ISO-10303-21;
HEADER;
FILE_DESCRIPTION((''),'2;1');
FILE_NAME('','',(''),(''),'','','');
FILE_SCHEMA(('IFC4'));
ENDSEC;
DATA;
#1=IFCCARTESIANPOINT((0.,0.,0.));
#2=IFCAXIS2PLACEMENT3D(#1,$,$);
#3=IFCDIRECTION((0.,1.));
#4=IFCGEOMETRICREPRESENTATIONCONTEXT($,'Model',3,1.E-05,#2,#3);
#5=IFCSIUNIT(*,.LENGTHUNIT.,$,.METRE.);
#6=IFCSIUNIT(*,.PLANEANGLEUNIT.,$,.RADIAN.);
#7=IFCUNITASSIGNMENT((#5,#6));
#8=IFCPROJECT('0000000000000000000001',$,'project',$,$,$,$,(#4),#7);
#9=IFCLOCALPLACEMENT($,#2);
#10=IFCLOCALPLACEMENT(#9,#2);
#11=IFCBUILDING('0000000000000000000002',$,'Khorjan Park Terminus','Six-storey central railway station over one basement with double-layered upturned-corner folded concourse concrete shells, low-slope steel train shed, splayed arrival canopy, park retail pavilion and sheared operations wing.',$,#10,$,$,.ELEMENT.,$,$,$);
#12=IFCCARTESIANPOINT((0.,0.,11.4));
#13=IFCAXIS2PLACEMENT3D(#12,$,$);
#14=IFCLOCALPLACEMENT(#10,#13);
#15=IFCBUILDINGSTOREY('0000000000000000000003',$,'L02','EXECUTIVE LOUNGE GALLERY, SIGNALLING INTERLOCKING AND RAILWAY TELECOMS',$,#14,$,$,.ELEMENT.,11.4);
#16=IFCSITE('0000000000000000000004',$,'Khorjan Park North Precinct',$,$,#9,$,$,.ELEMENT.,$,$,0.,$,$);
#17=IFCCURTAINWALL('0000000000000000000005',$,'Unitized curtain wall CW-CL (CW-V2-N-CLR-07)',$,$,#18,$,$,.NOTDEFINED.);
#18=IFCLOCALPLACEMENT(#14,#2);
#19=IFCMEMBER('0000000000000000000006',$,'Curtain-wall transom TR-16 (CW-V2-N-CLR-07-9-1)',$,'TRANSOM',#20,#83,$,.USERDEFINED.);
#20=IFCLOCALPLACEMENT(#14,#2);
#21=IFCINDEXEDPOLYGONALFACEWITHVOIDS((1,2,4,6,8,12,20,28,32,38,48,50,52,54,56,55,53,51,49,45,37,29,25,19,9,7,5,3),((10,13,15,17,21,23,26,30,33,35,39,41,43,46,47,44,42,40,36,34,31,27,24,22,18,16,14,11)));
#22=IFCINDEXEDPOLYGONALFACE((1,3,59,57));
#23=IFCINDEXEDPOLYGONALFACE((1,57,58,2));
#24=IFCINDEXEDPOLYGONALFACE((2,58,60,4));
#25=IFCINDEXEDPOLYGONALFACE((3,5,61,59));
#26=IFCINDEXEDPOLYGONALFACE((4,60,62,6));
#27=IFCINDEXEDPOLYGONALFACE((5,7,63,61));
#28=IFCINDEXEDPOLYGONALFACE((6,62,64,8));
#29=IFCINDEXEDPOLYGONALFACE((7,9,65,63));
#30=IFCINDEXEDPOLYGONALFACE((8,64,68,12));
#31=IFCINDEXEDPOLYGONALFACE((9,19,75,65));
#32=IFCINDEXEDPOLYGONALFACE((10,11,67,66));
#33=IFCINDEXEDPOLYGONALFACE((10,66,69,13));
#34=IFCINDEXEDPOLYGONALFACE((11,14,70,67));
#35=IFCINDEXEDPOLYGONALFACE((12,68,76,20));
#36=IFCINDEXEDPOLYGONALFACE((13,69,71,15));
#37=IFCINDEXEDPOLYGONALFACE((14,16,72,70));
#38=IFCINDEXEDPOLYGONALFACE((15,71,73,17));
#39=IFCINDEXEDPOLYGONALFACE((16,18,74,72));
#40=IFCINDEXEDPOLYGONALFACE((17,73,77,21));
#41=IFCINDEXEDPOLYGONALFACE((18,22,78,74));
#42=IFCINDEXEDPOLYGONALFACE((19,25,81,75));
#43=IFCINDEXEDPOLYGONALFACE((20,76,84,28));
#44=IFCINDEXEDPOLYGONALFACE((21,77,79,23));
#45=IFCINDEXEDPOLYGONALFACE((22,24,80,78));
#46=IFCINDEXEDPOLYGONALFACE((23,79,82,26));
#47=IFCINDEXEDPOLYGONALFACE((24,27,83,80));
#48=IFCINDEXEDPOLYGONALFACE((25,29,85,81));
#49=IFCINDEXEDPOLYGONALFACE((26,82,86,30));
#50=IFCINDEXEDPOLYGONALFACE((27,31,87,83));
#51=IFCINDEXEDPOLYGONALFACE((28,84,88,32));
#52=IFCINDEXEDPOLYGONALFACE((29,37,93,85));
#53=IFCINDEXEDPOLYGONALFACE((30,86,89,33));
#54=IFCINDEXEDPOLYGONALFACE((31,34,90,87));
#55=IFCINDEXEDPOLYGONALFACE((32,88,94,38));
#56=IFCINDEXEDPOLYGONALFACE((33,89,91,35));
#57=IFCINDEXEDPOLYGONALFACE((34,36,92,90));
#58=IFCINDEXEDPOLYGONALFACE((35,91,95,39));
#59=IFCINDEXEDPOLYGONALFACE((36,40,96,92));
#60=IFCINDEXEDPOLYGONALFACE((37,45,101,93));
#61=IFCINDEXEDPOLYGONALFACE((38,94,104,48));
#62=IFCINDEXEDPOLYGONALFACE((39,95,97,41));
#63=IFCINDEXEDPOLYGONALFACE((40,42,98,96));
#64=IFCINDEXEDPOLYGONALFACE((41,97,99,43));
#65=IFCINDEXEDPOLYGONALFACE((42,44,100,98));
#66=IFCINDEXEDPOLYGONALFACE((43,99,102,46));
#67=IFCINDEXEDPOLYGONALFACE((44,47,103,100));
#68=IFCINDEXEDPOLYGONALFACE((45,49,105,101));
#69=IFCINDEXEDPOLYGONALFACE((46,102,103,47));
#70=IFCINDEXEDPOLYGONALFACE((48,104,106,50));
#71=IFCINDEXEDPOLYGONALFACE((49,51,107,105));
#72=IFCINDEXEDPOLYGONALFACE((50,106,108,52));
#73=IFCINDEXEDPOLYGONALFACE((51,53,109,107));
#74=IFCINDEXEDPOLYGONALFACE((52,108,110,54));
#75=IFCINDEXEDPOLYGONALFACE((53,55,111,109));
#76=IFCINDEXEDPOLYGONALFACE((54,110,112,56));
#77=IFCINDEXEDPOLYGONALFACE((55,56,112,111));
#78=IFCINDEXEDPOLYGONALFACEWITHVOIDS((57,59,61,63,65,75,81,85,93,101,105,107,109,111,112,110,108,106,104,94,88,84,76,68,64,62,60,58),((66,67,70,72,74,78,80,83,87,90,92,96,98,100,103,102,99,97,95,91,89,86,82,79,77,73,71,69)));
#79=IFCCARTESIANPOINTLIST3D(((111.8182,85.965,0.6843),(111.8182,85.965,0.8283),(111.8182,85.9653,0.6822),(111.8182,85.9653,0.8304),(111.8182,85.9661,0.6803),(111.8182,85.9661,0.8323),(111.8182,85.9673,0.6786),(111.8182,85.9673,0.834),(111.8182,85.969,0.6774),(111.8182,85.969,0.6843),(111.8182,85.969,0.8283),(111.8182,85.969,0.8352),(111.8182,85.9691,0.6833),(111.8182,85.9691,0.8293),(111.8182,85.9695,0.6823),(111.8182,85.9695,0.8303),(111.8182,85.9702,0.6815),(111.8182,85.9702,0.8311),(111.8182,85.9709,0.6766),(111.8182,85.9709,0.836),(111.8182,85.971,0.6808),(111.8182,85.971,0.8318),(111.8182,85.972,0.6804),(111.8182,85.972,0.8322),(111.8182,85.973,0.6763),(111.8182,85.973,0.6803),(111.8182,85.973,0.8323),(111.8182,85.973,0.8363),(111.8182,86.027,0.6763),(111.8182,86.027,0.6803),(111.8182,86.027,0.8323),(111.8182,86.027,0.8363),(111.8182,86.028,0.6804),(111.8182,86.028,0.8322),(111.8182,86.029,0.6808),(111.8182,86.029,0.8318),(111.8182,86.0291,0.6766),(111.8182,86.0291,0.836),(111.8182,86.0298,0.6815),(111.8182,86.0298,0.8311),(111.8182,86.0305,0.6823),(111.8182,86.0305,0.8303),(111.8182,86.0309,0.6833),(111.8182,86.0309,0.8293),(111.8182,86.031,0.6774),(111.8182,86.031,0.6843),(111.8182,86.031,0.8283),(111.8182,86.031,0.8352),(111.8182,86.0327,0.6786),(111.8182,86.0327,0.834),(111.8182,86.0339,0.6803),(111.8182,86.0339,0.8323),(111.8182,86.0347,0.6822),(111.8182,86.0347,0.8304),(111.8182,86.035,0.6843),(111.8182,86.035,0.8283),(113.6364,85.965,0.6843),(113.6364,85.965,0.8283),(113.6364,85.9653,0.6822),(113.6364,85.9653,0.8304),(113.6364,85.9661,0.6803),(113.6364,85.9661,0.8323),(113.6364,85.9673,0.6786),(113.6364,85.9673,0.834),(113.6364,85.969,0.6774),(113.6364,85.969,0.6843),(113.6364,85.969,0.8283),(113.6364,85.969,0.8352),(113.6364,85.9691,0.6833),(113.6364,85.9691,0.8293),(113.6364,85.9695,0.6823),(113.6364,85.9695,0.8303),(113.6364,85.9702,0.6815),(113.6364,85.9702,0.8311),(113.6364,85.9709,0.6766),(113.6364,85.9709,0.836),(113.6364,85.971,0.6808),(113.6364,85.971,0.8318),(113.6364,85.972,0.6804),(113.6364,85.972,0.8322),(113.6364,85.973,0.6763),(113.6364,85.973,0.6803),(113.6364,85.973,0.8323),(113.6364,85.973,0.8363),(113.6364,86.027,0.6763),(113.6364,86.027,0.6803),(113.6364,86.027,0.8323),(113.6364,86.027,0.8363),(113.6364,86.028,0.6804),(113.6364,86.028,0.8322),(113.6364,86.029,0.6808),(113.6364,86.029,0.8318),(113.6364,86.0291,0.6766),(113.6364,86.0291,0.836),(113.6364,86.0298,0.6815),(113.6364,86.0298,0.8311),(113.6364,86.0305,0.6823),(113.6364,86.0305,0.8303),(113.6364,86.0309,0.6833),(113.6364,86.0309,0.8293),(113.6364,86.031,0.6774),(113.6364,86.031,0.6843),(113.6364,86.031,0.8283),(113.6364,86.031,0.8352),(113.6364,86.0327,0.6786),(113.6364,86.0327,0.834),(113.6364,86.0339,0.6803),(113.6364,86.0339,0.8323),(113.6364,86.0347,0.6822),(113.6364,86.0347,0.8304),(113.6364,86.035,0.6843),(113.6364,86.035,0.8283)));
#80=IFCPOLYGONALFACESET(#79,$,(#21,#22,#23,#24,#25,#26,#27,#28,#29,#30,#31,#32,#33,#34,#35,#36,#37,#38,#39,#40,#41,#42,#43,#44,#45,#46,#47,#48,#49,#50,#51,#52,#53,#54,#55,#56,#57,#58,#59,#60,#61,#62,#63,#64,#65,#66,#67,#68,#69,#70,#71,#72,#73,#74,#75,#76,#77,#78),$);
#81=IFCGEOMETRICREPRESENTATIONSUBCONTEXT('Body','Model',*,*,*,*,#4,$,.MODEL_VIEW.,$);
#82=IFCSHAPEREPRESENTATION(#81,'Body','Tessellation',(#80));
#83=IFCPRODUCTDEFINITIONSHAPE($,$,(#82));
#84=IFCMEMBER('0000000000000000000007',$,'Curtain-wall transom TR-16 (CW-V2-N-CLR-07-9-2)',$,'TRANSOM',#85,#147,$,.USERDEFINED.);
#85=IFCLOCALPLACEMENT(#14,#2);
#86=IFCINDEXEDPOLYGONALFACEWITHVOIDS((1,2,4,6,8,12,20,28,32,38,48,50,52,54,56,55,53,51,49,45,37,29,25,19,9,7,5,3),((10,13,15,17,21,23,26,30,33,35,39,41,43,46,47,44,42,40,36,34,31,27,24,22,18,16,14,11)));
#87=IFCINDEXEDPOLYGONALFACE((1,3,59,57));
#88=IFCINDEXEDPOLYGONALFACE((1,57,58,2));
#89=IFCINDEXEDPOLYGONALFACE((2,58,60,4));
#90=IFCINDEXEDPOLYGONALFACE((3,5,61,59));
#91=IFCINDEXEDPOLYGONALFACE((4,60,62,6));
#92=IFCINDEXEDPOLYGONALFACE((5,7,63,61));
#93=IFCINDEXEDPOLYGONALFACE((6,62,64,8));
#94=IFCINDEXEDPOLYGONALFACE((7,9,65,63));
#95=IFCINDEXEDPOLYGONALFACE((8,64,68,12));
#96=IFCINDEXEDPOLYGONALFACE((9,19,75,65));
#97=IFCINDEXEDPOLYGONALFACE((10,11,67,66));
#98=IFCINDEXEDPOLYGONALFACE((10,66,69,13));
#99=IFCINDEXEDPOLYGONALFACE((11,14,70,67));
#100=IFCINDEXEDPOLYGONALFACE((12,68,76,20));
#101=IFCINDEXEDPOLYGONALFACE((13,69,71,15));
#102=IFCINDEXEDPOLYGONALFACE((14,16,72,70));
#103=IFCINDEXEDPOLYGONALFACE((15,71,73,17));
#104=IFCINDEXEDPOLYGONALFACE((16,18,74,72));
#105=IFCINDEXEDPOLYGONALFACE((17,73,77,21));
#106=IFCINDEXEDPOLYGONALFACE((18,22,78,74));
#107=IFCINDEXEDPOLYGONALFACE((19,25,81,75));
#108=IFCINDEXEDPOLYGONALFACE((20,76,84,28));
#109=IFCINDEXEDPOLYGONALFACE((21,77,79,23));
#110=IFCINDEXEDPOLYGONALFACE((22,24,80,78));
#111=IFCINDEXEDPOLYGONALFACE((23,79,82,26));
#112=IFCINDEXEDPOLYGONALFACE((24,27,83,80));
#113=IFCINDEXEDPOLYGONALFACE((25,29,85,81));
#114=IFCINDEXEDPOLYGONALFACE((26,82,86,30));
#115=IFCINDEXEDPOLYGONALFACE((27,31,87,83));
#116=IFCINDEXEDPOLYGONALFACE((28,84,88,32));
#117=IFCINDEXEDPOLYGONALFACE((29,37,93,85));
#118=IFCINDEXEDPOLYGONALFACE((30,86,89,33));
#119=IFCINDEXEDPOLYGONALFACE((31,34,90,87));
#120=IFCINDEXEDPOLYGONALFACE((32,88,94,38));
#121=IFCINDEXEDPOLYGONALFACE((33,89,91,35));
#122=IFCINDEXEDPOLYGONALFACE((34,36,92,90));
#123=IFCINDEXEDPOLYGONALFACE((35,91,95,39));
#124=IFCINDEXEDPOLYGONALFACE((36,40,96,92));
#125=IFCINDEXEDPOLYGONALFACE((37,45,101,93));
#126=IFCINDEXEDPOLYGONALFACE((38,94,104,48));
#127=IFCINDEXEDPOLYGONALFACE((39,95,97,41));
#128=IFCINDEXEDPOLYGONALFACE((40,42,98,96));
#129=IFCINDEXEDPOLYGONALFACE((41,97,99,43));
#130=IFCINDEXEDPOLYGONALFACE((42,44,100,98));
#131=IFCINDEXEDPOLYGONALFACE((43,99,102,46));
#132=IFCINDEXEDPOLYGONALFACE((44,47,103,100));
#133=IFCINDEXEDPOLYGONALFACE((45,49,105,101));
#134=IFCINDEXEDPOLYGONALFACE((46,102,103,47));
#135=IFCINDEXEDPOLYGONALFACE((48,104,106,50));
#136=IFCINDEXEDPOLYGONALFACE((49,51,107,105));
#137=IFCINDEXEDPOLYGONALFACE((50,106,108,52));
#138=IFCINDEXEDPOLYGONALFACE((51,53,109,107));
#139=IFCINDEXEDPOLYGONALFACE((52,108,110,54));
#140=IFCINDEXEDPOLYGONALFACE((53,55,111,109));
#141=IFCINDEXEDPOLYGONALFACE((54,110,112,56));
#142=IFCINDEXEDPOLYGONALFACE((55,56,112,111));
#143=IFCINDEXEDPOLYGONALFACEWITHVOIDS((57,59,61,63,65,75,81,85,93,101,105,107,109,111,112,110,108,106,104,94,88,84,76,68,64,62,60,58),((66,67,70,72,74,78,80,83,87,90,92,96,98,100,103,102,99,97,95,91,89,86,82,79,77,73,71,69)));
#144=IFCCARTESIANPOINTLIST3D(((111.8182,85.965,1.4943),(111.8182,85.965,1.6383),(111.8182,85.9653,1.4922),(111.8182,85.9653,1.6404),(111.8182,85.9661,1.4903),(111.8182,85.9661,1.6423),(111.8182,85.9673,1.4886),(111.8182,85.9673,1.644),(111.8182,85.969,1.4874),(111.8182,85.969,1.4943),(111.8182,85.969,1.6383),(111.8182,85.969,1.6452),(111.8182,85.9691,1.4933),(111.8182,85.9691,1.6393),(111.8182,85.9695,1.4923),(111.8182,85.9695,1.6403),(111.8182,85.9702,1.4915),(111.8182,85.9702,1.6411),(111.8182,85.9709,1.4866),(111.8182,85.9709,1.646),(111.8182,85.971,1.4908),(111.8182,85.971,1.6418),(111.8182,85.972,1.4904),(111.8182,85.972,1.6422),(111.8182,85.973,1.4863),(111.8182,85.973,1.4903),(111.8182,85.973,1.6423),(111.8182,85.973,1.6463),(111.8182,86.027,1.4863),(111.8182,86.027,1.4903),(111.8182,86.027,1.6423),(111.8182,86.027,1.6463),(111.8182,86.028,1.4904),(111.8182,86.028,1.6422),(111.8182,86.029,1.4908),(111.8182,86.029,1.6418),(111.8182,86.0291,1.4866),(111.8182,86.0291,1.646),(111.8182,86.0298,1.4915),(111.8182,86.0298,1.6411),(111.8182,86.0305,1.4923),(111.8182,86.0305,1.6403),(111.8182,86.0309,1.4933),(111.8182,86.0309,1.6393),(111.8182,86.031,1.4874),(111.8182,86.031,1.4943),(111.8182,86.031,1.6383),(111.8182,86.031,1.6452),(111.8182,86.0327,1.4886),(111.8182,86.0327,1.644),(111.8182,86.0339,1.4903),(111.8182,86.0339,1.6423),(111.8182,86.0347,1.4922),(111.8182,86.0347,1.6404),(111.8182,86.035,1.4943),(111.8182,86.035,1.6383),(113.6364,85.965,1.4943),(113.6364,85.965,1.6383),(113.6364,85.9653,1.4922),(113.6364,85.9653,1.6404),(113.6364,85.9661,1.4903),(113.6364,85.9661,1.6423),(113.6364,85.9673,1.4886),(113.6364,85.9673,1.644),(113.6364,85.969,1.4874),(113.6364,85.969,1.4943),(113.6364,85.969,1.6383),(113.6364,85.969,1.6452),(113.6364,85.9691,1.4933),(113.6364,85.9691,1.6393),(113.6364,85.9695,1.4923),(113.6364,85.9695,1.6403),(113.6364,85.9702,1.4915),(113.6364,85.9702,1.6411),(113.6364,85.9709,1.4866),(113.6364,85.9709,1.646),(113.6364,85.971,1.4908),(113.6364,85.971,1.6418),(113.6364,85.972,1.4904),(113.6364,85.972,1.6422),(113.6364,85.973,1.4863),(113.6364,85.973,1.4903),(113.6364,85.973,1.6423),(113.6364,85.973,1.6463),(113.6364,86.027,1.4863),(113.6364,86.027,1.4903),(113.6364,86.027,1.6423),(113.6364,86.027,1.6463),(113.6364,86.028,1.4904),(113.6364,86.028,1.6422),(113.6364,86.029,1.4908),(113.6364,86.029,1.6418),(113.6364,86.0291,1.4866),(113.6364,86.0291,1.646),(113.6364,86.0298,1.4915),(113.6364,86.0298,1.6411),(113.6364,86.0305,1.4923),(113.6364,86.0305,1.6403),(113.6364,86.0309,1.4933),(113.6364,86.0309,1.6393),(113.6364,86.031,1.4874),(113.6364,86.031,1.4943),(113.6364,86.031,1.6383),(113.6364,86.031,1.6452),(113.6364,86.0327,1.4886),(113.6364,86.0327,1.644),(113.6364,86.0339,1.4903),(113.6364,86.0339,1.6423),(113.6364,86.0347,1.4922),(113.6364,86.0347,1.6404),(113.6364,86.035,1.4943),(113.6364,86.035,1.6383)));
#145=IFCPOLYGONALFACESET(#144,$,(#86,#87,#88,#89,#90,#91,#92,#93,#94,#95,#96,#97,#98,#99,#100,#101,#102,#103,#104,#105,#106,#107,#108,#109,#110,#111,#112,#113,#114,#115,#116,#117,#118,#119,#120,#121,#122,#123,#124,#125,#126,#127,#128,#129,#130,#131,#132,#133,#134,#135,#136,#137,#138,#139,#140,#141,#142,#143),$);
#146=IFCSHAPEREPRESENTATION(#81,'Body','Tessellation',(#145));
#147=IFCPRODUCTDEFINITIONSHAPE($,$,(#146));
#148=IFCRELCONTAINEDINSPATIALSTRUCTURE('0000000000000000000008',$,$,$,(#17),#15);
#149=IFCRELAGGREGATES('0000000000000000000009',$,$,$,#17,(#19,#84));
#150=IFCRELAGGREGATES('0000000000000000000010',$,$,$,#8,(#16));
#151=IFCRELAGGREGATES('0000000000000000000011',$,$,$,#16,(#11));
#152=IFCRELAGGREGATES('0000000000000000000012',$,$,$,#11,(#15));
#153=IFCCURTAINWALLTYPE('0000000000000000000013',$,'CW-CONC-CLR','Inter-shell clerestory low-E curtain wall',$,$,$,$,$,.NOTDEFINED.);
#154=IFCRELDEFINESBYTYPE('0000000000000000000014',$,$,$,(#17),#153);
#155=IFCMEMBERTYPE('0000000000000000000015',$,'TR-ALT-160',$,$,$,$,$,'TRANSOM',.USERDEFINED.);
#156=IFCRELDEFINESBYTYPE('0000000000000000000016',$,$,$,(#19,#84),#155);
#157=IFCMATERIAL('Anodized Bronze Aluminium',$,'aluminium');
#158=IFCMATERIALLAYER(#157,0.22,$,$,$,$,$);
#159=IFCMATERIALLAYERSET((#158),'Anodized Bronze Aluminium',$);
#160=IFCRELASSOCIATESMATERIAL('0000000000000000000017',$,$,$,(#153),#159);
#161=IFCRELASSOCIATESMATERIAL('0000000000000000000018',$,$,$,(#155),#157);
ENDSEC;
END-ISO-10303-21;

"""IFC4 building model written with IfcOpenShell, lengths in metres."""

from ifc_helpers import new_model, si_unit, direction, frame, origin, origin_2d, place, context, subcontext, project, spatial, hollow_rectangle, extrude, material, layer, layer_set, material_profile, profile_set, type_object, element, aggregate, save


model = new_model("IFC4")

# Units and contexts
model_context = context("Model", 3, precision=1e-05, world=origin(), true_north=direction((0.0, 1.0)))
body_context = subcontext(model_context, "Body", "Model", "MODEL_VIEW")
ifc_project = project(units=[si_unit("LENGTHUNIT", "METRE"), si_unit("PLANEANGLEUNIT", "RADIAN")], contexts=[model_context])

# Site, building, storey
site_placement = place(None, origin())
site = spatial("IfcSite", under=ifc_project, at=site_placement, Name="Khorjan Park North Precinct", CompositionType="ELEMENT", RefElevation=0.0)
building_placement = place(site_placement, origin())
building = spatial("IfcBuilding", under=site, at=building_placement, Name="Khorjan Park Terminus", Description="Six-storey central railway station over one basement with double-layered upturned-corner folded concourse concrete shells, low-slope steel train shed, splayed arrival canopy, park retail pavilion and sheared operations wing.", CompositionType="ELEMENT")
storey_placement = place(building_placement, frame((0.0, 0.0, 11.4)))
storey = spatial("IfcBuildingStorey", under=building, at=storey_placement, Name="L02", Description="EXECUTIVE LOUNGE GALLERY, SIGNALLING INTERLOCKING AND RAILWAY TELECOMS", CompositionType="ELEMENT", Elevation=11.4)

# Curtain wall
ifc_material_1 = material(Name="Anodized Bronze Aluminium", Category="aluminium")
ifc_layer_1 = layer(ifc_material_1, 0.22)
ifc_layer_set_1 = layer_set([ifc_layer_1], Name="Anodized Bronze Aluminium")
curtain_wall_type = type_object("IfcCurtainWallType", Name="CW-CONC-CLR", Description="Inter-shell clerestory low-E curtain wall", PredefinedType="NOTDEFINED", material=ifc_layer_set_1)
curtain_wall_placement = place(storey_placement, origin())
curtain_wall = element("IfcCurtainWall", 1, at=curtain_wall_placement, inside=storey, type_object=curtain_wall_type, Name="Unitized curtain wall CW-CL (CW-V2-N-CLR-07)", PredefinedType="NOTDEFINED")

# Members
ifc_material_profile_1 = material_profile(ifc_material_1, hollow_rectangle(XDim=0.07, YDim=0.16, WallThickness=0.004, InnerFilletRadius=0.004, OuterFilletRadius=0.008, at=origin_2d()), Name="ALT 70x160x4")
ifc_profile_set_1 = profile_set([ifc_material_profile_1], Name="Anodized Bronze Aluminium")
member_type_1 = type_object("IfcMemberType", Name="TR-ALT-160", ElementType="TRANSOM", PredefinedType="USERDEFINED", material=ifc_profile_set_1)
member_1_placement = place(storey_placement, frame((113.6364, 86.0, 0.7563), z_axis=(-1.0, 0.0, 0.0), x_axis=(0.0, -1.0, 0.0)))
member_1 = element("IfcMember", 2, at=member_1_placement, type_object=member_type_1, Name="Curtain-wall transom TR-16 (CW-V2-N-CLR-07-9-1)", ObjectType="TRANSOM", PredefinedType="USERDEFINED", context=body_context, shape_type="SweptSolid", body=[
    extrude(hollow_rectangle(XDim=0.07, YDim=0.16, WallThickness=0.004, InnerFilletRadius=0.004, OuterFilletRadius=0.008, at=origin_2d()), origin(), (0.0, 0.0, 1.0), 1.8182),
])
member_2_placement = place(storey_placement, frame((113.6364, 86.0, 1.5663), z_axis=(-1.0, 0.0, 0.0), x_axis=(0.0, -1.0, 0.0)))
member_2 = element("IfcMember", 3, at=member_2_placement, type_object=member_type_1, Name="Curtain-wall transom TR-16 (CW-V2-N-CLR-07-9-2)", ObjectType="TRANSOM", PredefinedType="USERDEFINED", context=body_context, shape_type="SweptSolid", body=[
    extrude(hollow_rectangle(XDim=0.07, YDim=0.16, WallThickness=0.004, InnerFilletRadius=0.004, OuterFilletRadius=0.008, at=origin_2d()), origin(), (0.0, 0.0, 1.0), 1.8182),
])

aggregate(curtain_wall, [member_1, member_2])

save(model, "model.ifc")
